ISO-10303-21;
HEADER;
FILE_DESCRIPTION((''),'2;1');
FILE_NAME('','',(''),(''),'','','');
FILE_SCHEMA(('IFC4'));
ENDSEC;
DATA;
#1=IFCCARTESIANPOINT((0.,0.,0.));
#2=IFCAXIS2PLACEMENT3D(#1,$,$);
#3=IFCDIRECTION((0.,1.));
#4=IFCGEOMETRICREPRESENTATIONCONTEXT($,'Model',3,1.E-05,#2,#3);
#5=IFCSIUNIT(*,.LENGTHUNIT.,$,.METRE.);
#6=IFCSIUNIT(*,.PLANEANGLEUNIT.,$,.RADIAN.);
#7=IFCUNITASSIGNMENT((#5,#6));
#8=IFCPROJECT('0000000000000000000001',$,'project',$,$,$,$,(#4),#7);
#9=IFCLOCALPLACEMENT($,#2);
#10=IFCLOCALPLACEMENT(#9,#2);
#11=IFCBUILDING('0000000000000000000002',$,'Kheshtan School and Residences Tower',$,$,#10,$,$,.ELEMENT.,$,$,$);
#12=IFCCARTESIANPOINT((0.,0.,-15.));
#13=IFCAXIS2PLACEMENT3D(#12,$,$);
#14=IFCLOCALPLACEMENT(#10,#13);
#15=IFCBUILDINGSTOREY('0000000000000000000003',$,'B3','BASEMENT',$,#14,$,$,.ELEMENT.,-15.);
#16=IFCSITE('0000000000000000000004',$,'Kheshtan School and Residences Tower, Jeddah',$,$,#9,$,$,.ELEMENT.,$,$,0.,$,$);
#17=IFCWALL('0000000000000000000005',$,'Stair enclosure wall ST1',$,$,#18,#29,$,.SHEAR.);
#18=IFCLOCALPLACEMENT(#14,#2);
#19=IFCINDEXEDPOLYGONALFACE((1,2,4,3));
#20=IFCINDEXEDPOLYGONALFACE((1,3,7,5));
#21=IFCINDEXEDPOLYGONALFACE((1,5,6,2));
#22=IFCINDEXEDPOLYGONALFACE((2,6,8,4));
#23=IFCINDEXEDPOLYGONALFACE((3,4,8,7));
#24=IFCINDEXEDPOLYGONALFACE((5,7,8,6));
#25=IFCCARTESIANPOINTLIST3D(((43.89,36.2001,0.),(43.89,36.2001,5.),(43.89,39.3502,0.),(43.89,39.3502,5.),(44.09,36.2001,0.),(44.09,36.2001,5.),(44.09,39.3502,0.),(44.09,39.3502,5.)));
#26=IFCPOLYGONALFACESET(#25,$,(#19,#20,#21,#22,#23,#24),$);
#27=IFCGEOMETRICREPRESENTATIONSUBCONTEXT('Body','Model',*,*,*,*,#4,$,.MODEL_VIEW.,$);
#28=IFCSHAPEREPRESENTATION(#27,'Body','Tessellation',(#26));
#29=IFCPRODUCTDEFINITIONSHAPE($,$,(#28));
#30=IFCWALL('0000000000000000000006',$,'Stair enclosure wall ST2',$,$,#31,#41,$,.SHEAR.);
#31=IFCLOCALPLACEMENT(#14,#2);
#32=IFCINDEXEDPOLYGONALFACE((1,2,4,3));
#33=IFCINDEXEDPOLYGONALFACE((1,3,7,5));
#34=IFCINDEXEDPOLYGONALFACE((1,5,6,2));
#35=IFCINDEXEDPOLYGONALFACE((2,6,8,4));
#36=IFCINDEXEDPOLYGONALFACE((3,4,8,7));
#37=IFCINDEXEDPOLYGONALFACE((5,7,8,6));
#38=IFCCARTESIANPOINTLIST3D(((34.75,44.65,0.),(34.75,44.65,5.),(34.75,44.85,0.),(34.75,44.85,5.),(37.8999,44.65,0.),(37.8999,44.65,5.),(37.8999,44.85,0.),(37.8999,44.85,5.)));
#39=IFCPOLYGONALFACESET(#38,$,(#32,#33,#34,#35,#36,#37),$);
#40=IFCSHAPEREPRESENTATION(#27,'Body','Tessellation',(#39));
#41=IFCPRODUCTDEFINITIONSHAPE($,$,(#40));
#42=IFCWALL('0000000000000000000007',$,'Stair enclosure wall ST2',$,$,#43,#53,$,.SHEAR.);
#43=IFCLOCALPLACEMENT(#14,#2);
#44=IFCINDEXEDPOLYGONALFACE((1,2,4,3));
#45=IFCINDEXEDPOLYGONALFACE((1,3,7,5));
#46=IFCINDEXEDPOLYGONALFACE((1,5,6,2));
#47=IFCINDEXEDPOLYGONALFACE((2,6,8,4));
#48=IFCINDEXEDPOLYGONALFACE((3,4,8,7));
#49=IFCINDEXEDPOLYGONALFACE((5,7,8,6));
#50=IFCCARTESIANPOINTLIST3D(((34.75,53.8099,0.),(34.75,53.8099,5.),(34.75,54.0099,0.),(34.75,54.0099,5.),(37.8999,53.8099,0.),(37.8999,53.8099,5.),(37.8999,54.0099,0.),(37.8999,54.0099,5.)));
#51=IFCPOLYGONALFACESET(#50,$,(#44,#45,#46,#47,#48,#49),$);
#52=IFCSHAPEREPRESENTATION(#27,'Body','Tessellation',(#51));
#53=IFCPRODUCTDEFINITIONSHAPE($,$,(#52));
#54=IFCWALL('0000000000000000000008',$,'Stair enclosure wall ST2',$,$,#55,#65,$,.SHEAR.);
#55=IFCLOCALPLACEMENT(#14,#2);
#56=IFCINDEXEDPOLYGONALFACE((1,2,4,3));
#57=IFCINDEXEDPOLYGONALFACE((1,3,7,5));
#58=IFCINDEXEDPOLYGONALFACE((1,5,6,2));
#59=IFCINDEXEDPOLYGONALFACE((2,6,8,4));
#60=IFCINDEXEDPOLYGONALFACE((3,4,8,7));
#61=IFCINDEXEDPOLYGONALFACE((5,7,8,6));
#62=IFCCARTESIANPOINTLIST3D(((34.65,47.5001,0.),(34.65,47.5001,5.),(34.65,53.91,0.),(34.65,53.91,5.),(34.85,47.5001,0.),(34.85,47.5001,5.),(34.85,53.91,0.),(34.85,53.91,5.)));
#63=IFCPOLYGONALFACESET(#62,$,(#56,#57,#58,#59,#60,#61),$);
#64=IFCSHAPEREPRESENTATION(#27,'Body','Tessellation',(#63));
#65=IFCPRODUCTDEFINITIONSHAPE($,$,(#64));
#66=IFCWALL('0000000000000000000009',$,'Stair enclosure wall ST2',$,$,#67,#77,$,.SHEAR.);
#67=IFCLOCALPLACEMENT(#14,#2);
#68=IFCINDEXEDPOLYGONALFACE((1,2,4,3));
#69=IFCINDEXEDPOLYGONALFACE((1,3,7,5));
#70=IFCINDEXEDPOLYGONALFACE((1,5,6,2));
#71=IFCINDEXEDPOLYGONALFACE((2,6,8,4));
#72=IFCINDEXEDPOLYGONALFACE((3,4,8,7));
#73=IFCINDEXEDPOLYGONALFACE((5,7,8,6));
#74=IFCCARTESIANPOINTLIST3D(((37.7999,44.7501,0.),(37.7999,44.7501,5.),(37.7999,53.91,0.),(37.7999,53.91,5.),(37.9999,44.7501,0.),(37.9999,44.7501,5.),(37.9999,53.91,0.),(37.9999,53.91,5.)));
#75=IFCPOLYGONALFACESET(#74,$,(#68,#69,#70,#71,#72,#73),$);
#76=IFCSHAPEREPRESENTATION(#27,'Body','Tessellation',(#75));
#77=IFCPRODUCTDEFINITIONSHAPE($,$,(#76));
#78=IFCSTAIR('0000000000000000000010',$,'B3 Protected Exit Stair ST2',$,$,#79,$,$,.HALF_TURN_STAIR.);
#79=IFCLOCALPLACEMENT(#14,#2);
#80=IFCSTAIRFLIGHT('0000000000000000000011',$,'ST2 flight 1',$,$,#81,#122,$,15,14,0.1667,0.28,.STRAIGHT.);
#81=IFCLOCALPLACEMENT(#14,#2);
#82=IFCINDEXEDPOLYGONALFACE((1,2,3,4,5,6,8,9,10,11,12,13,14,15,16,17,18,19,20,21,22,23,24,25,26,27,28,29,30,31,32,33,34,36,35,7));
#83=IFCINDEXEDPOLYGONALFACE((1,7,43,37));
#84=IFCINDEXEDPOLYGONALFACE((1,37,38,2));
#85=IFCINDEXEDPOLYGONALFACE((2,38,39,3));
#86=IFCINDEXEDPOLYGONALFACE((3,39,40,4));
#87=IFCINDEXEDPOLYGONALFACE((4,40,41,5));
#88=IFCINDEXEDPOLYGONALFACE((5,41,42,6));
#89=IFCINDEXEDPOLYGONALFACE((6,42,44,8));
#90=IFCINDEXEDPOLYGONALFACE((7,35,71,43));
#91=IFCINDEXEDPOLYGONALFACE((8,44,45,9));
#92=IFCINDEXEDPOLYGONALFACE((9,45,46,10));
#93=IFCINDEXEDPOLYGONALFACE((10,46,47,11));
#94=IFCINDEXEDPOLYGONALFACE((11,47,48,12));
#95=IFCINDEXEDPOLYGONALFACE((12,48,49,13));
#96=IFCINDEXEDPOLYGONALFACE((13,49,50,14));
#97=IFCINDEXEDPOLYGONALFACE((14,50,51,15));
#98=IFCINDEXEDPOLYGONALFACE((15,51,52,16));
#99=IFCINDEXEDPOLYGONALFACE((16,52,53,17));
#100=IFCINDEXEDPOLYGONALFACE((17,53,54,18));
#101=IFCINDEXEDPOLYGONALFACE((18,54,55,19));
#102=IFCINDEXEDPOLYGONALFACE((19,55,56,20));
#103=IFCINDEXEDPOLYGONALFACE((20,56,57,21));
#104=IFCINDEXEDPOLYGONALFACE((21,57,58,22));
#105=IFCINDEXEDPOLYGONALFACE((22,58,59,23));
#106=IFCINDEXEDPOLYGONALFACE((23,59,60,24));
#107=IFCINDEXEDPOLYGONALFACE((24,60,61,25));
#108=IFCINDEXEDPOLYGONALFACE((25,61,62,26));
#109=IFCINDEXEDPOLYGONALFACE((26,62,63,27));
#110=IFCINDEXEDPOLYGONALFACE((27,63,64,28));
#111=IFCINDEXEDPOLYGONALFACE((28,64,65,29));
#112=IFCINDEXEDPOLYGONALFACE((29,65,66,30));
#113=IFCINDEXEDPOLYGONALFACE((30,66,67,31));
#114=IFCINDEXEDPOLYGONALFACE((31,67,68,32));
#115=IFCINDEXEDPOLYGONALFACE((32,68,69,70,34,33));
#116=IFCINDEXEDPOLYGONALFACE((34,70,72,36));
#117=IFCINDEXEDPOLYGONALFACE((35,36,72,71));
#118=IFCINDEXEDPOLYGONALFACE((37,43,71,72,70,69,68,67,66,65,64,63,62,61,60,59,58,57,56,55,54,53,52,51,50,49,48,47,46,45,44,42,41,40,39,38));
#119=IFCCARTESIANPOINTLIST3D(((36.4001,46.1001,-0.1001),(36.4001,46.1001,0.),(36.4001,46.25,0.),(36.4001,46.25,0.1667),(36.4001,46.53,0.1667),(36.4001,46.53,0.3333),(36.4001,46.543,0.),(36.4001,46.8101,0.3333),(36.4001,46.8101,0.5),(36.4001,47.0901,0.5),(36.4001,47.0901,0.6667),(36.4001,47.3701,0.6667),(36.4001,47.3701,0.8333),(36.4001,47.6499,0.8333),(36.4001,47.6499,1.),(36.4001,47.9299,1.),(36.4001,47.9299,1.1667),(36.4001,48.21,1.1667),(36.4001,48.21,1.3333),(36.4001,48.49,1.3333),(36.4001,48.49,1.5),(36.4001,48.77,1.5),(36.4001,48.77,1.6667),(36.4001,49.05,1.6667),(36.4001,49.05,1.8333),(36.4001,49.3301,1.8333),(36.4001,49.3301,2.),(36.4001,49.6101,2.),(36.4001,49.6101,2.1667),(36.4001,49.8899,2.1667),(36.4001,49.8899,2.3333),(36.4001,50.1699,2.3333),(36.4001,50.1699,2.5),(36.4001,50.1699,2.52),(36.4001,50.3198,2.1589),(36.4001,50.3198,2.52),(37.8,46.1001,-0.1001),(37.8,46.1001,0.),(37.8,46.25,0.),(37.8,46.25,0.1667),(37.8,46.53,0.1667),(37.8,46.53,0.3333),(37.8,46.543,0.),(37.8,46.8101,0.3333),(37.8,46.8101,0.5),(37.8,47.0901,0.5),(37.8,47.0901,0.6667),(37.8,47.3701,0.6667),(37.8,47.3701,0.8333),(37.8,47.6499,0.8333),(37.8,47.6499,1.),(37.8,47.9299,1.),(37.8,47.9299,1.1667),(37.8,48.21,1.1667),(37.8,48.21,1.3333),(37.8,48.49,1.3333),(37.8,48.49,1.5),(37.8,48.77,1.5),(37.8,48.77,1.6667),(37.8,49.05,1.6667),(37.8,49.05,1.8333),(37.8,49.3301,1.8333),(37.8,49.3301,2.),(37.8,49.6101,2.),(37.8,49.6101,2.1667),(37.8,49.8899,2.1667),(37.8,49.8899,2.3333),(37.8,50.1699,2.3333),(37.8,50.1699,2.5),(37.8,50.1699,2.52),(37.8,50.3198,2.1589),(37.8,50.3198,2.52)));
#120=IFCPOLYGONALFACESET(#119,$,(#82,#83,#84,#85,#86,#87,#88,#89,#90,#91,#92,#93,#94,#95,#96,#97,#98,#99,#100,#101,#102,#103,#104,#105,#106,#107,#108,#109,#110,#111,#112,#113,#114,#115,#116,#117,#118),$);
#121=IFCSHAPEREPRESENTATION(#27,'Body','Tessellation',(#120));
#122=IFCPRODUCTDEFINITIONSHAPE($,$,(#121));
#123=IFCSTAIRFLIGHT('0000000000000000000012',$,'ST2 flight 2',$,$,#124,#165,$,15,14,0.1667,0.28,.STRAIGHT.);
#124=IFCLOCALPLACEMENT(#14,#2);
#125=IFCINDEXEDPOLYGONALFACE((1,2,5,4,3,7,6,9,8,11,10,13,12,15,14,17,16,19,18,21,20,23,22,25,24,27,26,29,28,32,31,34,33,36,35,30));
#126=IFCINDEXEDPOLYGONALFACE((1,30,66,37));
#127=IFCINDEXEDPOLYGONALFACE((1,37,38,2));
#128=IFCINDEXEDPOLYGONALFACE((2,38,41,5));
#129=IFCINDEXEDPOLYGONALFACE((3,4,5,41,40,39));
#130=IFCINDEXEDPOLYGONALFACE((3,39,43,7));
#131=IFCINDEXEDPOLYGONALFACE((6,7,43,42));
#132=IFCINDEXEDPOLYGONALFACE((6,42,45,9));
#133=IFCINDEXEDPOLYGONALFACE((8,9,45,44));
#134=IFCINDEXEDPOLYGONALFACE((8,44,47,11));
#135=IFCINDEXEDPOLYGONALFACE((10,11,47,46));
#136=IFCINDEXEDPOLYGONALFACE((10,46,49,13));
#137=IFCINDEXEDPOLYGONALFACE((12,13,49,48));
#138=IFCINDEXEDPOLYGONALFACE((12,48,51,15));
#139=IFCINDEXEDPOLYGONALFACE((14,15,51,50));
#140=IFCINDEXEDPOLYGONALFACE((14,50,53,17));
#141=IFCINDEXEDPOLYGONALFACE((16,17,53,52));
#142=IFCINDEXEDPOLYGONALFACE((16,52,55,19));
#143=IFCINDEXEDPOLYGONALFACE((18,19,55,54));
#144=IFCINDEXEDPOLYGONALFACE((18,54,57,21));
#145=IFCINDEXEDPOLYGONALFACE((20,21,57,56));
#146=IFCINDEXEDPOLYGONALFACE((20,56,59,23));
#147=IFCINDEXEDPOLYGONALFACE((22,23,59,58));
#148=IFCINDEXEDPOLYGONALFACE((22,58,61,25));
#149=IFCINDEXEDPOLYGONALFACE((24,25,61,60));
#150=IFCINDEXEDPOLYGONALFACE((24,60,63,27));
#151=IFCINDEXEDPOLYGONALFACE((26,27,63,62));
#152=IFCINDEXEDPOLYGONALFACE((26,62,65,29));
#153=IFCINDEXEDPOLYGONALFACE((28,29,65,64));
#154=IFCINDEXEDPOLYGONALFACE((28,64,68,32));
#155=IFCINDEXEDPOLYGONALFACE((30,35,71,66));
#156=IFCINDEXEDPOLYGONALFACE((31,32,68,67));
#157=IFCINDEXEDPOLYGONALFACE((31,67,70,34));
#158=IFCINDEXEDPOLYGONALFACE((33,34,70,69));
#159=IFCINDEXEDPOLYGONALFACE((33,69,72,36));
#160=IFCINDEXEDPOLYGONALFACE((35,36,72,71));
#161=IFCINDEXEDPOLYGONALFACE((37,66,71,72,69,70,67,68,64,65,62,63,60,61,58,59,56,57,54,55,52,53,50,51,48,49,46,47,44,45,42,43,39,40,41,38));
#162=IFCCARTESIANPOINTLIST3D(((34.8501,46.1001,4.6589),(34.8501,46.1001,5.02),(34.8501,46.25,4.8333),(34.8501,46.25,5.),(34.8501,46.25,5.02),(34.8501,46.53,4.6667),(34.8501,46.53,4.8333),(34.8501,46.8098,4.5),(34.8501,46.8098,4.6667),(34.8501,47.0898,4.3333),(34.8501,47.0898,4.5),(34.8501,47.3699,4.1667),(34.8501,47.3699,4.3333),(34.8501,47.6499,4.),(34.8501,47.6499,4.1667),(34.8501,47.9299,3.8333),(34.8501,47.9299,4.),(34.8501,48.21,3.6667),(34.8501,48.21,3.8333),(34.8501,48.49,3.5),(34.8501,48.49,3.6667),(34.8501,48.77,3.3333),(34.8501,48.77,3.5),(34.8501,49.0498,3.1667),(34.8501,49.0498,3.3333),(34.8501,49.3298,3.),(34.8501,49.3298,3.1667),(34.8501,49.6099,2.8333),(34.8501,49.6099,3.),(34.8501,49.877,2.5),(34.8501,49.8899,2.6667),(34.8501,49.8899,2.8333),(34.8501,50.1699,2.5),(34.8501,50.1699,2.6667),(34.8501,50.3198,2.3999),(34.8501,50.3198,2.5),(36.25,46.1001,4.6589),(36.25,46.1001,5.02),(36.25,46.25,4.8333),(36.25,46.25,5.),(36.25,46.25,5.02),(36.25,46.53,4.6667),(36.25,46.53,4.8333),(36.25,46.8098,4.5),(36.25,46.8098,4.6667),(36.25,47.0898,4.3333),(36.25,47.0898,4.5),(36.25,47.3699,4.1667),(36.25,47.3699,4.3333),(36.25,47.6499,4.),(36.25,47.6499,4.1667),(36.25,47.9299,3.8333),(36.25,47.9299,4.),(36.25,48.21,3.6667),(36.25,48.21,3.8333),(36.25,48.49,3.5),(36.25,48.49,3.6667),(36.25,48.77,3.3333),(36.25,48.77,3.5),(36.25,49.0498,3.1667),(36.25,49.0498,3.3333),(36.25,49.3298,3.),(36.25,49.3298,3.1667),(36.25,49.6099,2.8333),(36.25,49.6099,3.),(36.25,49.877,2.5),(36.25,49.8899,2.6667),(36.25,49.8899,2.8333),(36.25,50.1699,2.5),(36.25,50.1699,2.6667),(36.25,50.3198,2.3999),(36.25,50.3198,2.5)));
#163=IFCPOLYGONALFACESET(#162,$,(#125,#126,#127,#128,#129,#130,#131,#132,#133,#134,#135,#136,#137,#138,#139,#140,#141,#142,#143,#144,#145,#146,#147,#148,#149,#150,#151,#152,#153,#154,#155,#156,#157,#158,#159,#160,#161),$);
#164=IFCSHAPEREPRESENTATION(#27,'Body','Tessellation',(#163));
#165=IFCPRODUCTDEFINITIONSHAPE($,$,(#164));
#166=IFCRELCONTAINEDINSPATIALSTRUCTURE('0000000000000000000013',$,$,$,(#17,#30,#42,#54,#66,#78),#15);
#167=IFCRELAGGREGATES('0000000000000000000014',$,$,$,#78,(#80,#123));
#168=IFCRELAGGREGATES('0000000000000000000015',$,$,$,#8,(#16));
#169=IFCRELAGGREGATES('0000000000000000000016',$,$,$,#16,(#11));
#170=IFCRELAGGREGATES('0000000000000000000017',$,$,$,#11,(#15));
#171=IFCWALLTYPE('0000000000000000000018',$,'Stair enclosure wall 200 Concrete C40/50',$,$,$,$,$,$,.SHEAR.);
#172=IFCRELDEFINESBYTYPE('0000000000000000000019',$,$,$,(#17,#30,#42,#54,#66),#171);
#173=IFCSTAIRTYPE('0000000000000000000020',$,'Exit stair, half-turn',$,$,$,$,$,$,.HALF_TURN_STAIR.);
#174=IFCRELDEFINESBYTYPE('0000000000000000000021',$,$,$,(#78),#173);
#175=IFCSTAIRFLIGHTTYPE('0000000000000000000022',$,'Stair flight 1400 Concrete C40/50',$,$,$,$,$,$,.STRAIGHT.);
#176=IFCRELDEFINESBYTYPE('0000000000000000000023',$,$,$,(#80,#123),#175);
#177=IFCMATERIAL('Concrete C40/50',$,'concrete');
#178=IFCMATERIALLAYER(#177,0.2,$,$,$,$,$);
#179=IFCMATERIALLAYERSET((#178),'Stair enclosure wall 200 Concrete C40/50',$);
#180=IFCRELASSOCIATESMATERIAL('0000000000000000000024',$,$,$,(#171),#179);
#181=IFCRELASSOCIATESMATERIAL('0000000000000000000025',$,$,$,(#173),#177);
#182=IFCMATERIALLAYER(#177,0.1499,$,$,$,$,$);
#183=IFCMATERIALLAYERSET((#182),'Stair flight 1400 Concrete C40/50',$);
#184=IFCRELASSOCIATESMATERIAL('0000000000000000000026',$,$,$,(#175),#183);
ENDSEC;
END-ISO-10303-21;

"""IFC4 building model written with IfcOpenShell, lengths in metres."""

from ifc_helpers import new_model, si_unit, direction, frame, frame_2d, origin, place, context, subcontext, project, spatial, polyline, rectangle, outline, extrude, material, layer, layer_set, type_object, element, aggregate, save


model = new_model("IFC4")

# Units and contexts
model_context = context("Model", 3, precision=1e-05, world=origin(), true_north=direction((0.0, 1.0)))
body_context = subcontext(model_context, "Body", "Model", "MODEL_VIEW")
ifc_project = project(units=[si_unit("LENGTHUNIT", "METRE"), si_unit("PLANEANGLEUNIT", "RADIAN")], contexts=[model_context])

# Site, building, storey
site_placement = place(None, origin())
site = spatial("IfcSite", under=ifc_project, at=site_placement, Name="Kheshtan School and Residences Tower, Jeddah", CompositionType="ELEMENT", RefElevation=0.0)
building_placement = place(site_placement, origin())
building = spatial("IfcBuilding", under=site, at=building_placement, Name="Kheshtan School and Residences Tower", CompositionType="ELEMENT")
storey_placement = place(building_placement, frame((0.0, 0.0, -15.0)))
storey = spatial("IfcBuildingStorey", under=building, at=storey_placement, Name="B3", Description="BASEMENT", CompositionType="ELEMENT", Elevation=-15.0)

# Walls
ifc_material_1 = material(Name="Concrete C40/50", Category="concrete")
ifc_layer_1 = layer(ifc_material_1, 0.2)
ifc_layer_set_1 = layer_set([ifc_layer_1], Name="Stair enclosure wall 200 Concrete C40/50")
wall_type_1 = type_object("IfcWallType", Name="Stair enclosure wall 200 Concrete C40/50", PredefinedType="SHEAR", material=ifc_layer_set_1)
wall_1_placement = place(storey_placement, frame((43.99, 36.2, 0.0), z_axis=(0.0, 0.0, 1.0), x_axis=(0.0, 1.0, 0.0)))
element("IfcWall", 1, at=wall_1_placement, inside=storey, type_object=wall_type_1, Name="Stair enclosure wall ST1", PredefinedType="SHEAR", context=body_context, shape_type="SweptSolid", body=[
    extrude(rectangle(XDim=3.1501, YDim=0.2, at=frame_2d((1.5752, 0.0))), origin(), (0.0, 0.0, 1.0), 5.0),
])
for number, where, z_axis, x_axis, name in (
    (2, (34.75, 44.75, 0.0), (0.0, 0.0, 1.0), (1.0, 0.0, 0.0), "Stair enclosure wall ST2"),
    (3, (34.75, 53.9099, 0.0), (0.0, 0.0, 1.0), (1.0, 0.0, 0.0), "Stair enclosure wall ST2"),
):
    element("IfcWall", number, at=place(storey_placement, frame(where, z_axis=z_axis, x_axis=x_axis)), inside=storey, type_object=wall_type_1, Name=name, PredefinedType="SHEAR", context=body_context, shape_type="SweptSolid", body=[
        extrude(rectangle(XDim=3.1499, YDim=0.2, at=frame_2d((1.575, 0.0))), origin(), (0.0, 0.0, 1.0), 5.0),
    ])
wall_2_placement = place(storey_placement, frame((34.75, 47.5, 0.0), z_axis=(0.0, 0.0, 1.0), x_axis=(0.0, 1.0, 0.0)))
element("IfcWall", 4, at=wall_2_placement, inside=storey, type_object=wall_type_1, Name="Stair enclosure wall ST2", PredefinedType="SHEAR", context=body_context, shape_type="SweptSolid", body=[
    extrude(rectangle(XDim=6.4099, YDim=0.2, at=frame_2d((3.2051, 0.0))), origin(), (0.0, 0.0, 1.0), 5.0),
])
wall_3_placement = place(storey_placement, frame((37.8999, 44.75, 0.0), z_axis=(0.0, 0.0, 1.0), x_axis=(0.0, 1.0, 0.0)))
element("IfcWall", 5, at=wall_3_placement, inside=storey, type_object=wall_type_1, Name="Stair enclosure wall ST2", PredefinedType="SHEAR", context=body_context, shape_type="SweptSolid", body=[
    extrude(rectangle(XDim=9.1599, YDim=0.2, at=frame_2d((4.5801, 0.0))), origin(), (0.0, 0.0, 1.0), 5.0),
])

# Stair, stair flights
stair_type = type_object("IfcStairType", Name="Exit stair, half-turn", PredefinedType="HALF_TURN_STAIR", material=ifc_material_1)
stair_placement = place(storey_placement, origin())
stair = element("IfcStair", 6, at=stair_placement, inside=storey, type_object=stair_type, Name="B3 Protected Exit Stair ST2", PredefinedType="HALF_TURN_STAIR")
ifc_layer_2 = layer(ifc_material_1, 0.1499)
ifc_layer_set_2 = layer_set([ifc_layer_2], Name="Stair flight 1400 Concrete C40/50")
stair_flight_type = type_object("IfcStairFlightType", Name="Stair flight 1400 Concrete C40/50", PredefinedType="STRAIGHT", material=ifc_layer_set_2)
stair_flight_1_placement = place(storey_placement, frame((37.1001, 46.25, 0.0), z_axis=(0.0, 0.0, 1.0), x_axis=(0.0, 1.0, 0.0)))
stair_flight_1 = element("IfcStairFlight", 7, at=stair_flight_1_placement, type_object=stair_flight_type, Name="ST2 flight 1", NumberOfRisers=15, NumberOfTreads=14, PredefinedType="STRAIGHT", RiserHeight=0.1667, TreadLength=0.28, context=body_context, shape_type="SweptSolid", body=[
    extrude(outline(polyline([(-0.1499, -0.1001), (-0.1499, 0.0), (0.0, 0.0), (0.0, 0.1667), (0.28, 0.1667), (0.28, 0.3333), (0.5601, 0.3333), (0.5601, 0.5), (0.8401, 0.5), (0.8401, 0.6667), (1.1201, 0.6667), (1.1201, 0.8333), (1.3999, 0.8333), (1.3999, 1.0), (1.6799, 1.0), (1.6799, 1.1667), (1.96, 1.1667), (1.96, 1.3333), (2.24, 1.3333), (2.24, 1.5), (2.52, 1.5), (2.52, 1.6667), (2.8, 1.6667), (2.8, 1.8333), (3.0801, 1.8333), (3.0801, 2.0), (3.3601, 2.0), (3.3601, 2.1667), (3.6399, 2.1667), (3.6399, 2.3333), (3.9199, 2.3333), (3.9199, 2.5), (3.9199, 2.52), (4.0698, 2.52), (4.0698, 2.1589), (0.293, 0.0), (-0.1499, -0.1001)])), frame((0.0, 0.7, 0.0), z_axis=(0.0, -1.0, 0.0), x_axis=(1.0, 0.0, 0.0)), (0.0, 0.0, 1.0), 1.3999),
])
stair_flight_2_placement = place(storey_placement, frame((35.55, 50.1699, 2.5), z_axis=(0.0, 0.0, 1.0), x_axis=(0.0, -1.0, 0.0)))
stair_flight_2 = element("IfcStairFlight", 8, at=stair_flight_2_placement, type_object=stair_flight_type, Name="ST2 flight 2", NumberOfRisers=15, NumberOfTreads=14, PredefinedType="STRAIGHT", RiserHeight=0.1667, TreadLength=0.28, context=body_context, shape_type="SweptSolid", body=[
    extrude(outline(polyline([(-0.1499, -0.1001), (-0.1499, 0.0), (0.0, 0.0), (0.0, 0.1667), (0.28, 0.1667), (0.28, 0.3333), (0.5601, 0.3333), (0.5601, 0.5), (0.8401, 0.5), (0.8401, 0.6667), (1.1201, 0.6667), (1.1201, 0.8333), (1.3999, 0.8333), (1.3999, 1.0), (1.6799, 1.0), (1.6799, 1.1667), (1.96, 1.1667), (1.96, 1.3333), (2.24, 1.3333), (2.24, 1.5), (2.52, 1.5), (2.52, 1.6667), (2.8, 1.6667), (2.8, 1.8333), (3.0801, 1.8333), (3.0801, 2.0), (3.3601, 2.0), (3.3601, 2.1667), (3.6399, 2.1667), (3.6399, 2.3333), (3.9199, 2.3333), (3.9199, 2.5), (3.9199, 2.52), (4.0698, 2.52), (4.0698, 2.1589), (0.293, 0.0), (-0.1499, -0.1001)])), frame((0.0, 0.7, 0.0), z_axis=(0.0, -1.0, 0.0), x_axis=(1.0, 0.0, 0.0)), (0.0, 0.0, 1.0), 1.3999),
])
aggregate(stair, [stair_flight_1, stair_flight_2])

save(model, "model.ifc")
